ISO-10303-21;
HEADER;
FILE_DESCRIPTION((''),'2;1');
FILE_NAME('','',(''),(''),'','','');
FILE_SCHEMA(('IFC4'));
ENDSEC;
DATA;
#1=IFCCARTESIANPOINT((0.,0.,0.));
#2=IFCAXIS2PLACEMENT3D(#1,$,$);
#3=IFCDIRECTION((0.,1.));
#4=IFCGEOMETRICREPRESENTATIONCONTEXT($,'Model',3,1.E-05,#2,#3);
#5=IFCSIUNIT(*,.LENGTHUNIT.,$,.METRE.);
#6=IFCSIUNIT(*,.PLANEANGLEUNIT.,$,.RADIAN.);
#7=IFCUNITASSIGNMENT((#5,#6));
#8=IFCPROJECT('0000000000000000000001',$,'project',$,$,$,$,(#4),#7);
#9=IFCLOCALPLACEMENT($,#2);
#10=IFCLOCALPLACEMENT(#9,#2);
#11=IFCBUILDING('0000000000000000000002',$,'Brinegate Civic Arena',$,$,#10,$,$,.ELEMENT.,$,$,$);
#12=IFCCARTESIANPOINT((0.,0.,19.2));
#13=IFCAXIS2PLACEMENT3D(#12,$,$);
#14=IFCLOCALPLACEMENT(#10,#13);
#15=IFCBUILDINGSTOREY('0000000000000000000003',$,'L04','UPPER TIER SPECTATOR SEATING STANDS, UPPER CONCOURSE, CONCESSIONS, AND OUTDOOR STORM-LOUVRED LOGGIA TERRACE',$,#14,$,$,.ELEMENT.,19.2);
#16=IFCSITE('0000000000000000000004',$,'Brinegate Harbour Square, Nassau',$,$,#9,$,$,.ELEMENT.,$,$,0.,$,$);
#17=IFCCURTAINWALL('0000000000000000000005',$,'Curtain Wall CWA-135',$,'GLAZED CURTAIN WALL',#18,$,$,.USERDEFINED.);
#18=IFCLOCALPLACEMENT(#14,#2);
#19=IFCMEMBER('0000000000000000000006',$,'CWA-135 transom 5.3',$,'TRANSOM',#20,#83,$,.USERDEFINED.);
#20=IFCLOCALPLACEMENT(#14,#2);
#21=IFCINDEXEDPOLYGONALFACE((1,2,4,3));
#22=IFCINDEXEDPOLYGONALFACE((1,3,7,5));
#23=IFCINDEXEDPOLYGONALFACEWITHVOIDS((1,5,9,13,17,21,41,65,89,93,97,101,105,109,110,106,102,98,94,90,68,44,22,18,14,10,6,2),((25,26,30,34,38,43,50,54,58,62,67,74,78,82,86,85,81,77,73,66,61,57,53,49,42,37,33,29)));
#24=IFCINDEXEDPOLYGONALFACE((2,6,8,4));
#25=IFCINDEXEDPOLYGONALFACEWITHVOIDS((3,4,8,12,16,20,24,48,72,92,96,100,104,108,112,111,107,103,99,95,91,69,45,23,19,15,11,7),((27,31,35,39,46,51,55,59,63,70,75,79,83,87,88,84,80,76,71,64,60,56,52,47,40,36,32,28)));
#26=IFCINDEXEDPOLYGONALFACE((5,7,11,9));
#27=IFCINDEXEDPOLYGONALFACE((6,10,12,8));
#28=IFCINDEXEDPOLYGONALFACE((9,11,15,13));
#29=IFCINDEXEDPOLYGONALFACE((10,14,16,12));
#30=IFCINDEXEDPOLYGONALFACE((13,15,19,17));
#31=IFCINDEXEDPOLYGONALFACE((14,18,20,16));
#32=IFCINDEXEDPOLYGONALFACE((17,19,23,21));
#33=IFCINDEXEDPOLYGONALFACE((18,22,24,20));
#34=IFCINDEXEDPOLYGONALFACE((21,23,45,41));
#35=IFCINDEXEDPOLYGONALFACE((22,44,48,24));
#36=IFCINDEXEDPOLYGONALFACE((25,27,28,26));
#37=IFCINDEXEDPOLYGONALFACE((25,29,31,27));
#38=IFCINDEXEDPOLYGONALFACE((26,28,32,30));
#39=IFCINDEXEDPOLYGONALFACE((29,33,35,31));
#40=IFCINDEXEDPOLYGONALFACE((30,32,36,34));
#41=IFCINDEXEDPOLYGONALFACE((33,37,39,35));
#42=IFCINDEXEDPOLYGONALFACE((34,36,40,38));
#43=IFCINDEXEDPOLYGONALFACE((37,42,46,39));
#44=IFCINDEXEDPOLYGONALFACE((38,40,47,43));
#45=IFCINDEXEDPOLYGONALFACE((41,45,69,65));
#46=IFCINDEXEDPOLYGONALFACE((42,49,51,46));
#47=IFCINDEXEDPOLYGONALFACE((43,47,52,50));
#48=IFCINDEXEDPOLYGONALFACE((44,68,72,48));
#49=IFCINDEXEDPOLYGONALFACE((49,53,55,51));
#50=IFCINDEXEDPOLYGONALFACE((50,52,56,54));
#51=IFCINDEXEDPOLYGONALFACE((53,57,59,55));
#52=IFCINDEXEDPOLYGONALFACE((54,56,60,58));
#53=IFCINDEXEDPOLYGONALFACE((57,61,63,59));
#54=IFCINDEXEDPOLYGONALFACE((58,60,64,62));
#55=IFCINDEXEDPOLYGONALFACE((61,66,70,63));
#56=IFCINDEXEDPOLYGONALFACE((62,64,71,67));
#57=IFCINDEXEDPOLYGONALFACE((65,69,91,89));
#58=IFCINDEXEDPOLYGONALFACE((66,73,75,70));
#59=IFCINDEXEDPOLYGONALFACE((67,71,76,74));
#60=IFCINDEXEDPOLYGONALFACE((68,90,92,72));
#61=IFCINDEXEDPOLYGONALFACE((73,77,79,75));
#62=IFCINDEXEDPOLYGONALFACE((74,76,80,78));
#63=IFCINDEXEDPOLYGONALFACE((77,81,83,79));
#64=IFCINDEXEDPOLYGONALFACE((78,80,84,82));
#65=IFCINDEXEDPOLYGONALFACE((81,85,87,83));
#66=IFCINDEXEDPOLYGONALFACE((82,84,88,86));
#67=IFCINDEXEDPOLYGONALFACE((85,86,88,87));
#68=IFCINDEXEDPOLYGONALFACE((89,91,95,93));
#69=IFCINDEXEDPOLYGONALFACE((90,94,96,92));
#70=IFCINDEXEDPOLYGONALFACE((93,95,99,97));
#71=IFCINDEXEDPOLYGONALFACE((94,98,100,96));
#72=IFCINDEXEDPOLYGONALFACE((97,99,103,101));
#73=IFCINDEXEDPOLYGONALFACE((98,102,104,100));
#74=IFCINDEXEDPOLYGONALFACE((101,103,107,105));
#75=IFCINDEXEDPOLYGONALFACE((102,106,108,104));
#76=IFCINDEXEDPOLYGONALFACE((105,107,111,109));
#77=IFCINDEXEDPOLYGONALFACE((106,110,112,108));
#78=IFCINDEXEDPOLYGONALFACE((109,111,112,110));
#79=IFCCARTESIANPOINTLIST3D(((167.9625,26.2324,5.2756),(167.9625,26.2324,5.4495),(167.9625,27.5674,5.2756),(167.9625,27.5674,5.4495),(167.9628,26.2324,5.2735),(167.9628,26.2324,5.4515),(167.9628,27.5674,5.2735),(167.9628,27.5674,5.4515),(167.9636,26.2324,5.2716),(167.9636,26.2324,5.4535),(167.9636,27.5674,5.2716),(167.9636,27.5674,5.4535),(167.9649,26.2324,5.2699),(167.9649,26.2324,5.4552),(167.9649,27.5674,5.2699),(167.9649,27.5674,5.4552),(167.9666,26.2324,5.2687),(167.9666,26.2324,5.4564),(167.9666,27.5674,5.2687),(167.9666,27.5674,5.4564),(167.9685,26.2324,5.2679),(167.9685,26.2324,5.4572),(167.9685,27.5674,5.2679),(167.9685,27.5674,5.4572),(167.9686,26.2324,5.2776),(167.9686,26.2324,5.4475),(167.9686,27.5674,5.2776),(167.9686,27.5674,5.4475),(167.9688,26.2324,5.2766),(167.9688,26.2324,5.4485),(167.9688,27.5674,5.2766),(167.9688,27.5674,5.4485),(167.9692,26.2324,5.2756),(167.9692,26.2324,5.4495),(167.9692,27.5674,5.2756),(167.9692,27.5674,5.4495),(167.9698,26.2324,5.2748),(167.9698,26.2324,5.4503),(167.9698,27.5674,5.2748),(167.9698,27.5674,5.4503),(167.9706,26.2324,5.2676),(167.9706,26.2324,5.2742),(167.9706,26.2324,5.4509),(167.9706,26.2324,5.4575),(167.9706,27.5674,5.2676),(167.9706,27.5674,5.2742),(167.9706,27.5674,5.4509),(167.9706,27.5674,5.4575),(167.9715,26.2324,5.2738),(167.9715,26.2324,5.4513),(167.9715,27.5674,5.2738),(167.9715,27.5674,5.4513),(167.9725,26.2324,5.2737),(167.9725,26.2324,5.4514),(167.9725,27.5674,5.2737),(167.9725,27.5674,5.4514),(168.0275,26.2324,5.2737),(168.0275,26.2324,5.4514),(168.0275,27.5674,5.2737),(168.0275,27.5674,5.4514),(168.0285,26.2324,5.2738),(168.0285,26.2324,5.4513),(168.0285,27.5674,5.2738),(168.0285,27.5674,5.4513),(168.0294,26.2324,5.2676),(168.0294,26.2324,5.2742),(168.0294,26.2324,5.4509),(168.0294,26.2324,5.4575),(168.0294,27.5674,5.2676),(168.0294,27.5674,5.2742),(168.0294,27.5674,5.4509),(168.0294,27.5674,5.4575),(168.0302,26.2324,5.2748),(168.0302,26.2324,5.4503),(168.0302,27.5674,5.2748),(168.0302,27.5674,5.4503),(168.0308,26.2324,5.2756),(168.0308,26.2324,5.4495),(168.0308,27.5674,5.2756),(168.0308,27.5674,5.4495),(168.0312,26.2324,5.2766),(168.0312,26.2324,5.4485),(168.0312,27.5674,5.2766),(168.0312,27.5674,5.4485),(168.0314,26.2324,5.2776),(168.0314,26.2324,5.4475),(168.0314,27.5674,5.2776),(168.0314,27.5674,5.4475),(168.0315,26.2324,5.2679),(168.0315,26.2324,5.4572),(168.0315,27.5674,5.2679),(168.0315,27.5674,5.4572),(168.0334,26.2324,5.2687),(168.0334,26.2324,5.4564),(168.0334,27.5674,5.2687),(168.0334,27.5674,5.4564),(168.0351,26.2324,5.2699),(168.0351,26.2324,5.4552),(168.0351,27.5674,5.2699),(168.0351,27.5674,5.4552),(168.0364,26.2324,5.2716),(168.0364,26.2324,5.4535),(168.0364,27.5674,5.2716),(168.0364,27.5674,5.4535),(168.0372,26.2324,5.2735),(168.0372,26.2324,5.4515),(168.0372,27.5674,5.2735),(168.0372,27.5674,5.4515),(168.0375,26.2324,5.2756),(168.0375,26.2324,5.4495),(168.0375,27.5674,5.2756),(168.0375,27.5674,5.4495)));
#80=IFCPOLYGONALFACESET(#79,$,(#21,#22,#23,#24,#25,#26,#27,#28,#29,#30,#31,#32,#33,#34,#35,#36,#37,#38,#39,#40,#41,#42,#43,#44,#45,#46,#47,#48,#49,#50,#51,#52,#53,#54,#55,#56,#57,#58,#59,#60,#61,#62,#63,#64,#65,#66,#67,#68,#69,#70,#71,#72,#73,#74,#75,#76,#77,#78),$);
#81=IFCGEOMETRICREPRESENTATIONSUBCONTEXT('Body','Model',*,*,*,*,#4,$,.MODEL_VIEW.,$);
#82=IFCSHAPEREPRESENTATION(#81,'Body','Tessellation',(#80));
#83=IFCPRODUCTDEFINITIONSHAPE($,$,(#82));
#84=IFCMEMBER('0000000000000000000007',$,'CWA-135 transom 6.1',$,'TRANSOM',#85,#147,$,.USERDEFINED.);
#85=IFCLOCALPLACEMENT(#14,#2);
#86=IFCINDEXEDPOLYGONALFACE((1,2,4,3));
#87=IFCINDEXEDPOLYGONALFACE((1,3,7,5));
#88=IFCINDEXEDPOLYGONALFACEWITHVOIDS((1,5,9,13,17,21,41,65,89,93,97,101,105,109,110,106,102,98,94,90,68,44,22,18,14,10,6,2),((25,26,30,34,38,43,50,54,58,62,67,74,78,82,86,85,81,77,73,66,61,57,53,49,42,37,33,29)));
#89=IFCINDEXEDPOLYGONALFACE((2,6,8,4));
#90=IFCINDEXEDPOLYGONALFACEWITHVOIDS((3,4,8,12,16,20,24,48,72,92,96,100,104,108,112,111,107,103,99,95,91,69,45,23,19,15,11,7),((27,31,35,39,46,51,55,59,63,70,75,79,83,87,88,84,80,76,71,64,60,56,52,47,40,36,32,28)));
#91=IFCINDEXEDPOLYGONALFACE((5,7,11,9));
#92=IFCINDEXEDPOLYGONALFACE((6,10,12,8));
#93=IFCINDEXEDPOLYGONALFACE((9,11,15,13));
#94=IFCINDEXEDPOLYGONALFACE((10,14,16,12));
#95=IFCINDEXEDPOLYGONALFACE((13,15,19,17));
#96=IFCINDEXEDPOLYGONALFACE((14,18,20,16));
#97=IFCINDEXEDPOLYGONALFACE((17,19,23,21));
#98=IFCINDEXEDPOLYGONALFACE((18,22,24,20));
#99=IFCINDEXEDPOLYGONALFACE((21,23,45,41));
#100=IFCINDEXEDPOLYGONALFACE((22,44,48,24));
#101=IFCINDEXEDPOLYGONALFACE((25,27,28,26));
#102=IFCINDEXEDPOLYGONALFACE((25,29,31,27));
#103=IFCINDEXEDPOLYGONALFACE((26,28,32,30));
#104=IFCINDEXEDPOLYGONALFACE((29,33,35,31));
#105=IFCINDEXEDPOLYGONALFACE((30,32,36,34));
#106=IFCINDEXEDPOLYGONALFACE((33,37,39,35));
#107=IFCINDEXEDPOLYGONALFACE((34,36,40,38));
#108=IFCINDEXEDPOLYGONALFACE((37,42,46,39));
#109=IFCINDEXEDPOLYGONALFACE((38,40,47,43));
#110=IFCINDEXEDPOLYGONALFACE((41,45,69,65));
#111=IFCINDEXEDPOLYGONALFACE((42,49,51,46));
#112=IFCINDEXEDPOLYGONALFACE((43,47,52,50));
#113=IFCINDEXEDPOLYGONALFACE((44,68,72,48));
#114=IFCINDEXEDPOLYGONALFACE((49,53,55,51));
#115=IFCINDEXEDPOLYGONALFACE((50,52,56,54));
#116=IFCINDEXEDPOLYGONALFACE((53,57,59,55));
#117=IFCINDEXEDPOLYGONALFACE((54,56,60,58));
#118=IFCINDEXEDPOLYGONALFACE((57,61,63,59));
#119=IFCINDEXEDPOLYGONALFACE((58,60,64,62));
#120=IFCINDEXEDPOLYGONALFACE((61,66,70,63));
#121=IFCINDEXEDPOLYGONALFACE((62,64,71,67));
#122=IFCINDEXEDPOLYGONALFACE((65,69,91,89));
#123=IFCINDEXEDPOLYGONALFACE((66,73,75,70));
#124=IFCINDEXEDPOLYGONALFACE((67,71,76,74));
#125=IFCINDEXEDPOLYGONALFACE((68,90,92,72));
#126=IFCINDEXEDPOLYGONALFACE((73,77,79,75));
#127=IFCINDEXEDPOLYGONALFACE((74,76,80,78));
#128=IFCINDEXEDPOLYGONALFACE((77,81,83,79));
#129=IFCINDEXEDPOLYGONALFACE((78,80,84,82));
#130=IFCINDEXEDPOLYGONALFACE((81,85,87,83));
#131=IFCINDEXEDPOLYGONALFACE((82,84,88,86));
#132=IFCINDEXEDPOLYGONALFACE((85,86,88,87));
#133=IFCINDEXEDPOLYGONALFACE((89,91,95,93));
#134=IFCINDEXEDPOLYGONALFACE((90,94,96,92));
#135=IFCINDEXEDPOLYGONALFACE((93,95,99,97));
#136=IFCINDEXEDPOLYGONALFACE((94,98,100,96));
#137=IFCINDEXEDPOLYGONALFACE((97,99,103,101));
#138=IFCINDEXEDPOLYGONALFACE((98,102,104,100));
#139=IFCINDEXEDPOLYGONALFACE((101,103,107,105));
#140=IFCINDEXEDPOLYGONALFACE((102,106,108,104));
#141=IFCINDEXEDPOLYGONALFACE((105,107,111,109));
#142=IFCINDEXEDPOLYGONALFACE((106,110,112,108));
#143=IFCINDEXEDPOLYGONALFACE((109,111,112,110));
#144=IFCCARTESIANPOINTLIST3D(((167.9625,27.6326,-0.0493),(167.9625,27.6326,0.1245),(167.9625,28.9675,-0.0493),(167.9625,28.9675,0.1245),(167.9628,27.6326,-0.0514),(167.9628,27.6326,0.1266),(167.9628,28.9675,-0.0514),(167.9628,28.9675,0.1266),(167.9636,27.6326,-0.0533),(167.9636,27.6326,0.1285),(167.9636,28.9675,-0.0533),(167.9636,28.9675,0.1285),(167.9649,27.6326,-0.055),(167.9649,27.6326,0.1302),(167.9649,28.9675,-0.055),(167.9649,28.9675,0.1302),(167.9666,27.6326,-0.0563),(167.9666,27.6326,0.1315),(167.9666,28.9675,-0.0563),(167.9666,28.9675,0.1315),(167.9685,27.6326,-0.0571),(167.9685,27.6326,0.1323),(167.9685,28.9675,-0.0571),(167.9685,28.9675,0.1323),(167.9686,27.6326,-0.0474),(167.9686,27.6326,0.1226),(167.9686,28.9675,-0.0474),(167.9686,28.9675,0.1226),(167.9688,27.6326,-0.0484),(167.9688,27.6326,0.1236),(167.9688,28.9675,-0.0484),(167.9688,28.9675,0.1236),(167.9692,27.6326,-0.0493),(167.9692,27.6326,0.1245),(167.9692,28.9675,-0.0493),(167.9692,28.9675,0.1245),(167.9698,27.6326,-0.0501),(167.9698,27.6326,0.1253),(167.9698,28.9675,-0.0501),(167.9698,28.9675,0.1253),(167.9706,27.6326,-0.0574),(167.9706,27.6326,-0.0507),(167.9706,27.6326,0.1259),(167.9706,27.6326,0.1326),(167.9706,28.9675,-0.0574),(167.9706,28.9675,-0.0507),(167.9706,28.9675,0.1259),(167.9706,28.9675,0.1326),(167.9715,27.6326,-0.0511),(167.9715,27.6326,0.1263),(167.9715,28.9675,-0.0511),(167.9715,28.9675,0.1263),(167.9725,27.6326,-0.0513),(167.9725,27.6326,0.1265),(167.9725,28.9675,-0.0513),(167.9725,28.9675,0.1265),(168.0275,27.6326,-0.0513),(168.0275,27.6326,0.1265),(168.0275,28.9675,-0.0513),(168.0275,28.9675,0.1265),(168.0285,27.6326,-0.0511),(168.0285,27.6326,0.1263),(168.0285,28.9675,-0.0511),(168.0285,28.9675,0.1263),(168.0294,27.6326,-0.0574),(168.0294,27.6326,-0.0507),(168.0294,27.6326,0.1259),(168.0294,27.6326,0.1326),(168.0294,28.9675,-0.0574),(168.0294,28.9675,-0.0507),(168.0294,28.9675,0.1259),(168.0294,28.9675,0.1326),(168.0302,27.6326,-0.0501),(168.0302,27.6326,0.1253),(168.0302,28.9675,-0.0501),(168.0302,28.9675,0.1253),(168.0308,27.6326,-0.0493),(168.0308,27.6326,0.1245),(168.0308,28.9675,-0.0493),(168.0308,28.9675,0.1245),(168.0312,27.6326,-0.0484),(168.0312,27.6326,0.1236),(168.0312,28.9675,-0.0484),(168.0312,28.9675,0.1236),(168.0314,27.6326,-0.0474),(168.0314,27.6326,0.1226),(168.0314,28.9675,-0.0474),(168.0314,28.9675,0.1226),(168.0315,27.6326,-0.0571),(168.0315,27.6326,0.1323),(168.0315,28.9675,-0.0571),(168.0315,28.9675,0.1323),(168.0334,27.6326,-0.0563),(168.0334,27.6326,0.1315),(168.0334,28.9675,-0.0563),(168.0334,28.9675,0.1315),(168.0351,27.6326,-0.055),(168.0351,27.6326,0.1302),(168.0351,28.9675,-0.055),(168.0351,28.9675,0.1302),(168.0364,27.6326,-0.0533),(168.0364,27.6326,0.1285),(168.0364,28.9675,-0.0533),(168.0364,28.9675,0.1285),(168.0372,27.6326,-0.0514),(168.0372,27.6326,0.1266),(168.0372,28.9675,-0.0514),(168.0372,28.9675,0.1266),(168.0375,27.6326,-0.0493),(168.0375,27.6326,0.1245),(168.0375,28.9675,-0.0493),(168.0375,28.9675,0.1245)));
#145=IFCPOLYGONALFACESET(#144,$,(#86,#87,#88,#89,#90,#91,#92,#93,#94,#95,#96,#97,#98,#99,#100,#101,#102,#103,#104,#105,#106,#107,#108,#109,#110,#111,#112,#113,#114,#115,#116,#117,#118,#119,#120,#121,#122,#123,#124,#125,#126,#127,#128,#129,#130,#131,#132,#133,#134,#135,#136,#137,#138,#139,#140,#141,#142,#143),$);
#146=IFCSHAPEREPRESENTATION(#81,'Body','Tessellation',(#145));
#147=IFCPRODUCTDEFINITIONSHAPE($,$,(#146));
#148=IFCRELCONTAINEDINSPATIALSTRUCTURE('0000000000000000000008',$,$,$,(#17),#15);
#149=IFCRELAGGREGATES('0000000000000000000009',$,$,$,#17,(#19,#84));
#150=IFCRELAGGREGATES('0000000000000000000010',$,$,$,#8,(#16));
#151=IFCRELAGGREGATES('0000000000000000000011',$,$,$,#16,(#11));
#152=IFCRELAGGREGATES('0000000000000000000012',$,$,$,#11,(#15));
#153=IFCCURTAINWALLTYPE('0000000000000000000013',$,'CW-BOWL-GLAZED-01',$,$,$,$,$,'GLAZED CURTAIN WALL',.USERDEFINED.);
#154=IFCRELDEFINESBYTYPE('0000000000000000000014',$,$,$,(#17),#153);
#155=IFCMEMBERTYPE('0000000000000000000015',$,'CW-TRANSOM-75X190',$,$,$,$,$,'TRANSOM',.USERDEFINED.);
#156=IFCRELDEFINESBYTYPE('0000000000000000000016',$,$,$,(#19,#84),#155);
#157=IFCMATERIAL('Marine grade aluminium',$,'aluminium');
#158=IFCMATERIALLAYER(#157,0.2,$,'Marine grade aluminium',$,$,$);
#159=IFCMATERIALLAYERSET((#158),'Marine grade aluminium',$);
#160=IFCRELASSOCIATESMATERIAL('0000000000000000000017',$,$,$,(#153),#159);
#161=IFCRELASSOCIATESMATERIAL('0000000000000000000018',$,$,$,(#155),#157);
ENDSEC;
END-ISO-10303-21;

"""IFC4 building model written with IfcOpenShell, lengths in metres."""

from ifc_helpers import new_model, si_unit, direction, frame, origin, origin_2d, place, context, subcontext, project, spatial, hollow_rectangle, extrude, material, layer, layer_set, material_profile, profile_set, type_object, element, aggregate, save


model = new_model("IFC4")

# Units and contexts
model_context = context("Model", 3, precision=1e-05, world=origin(), true_north=direction((0.0, 1.0)))
body_context = subcontext(model_context, "Body", "Model", "MODEL_VIEW")
ifc_project = project(units=[si_unit("LENGTHUNIT", "METRE"), si_unit("PLANEANGLEUNIT", "RADIAN")], contexts=[model_context])

# Site, building, storey
site_placement = place(None, origin())
site = spatial("IfcSite", under=ifc_project, at=site_placement, Name="Brinegate Harbour Square, Nassau", CompositionType="ELEMENT", RefElevation=0.0)
building_placement = place(site_placement, origin())
building = spatial("IfcBuilding", under=site, at=building_placement, Name="Brinegate Civic Arena", CompositionType="ELEMENT")
storey_placement = place(building_placement, frame((0.0, 0.0, 19.2)))
storey = spatial("IfcBuildingStorey", under=building, at=storey_placement, Name="L04", Description="UPPER TIER SPECTATOR SEATING STANDS, UPPER CONCOURSE, CONCESSIONS, AND OUTDOOR STORM-LOUVRED LOGGIA TERRACE", CompositionType="ELEMENT", Elevation=19.2)

# Curtain wall, members
ifc_material_1 = material(Name="Marine grade aluminium", Category="aluminium")
ifc_layer_1 = layer(ifc_material_1, 0.2, Name="Marine grade aluminium")
ifc_layer_set_1 = layer_set([ifc_layer_1], Name="Marine grade aluminium")
curtain_wall_type = type_object("IfcCurtainWallType", Name="CW-BOWL-GLAZED-01", ElementType="GLAZED CURTAIN WALL", PredefinedType="USERDEFINED", material=ifc_layer_set_1)
curtain_wall_placement = place(storey_placement, origin())
curtain_wall = element("IfcCurtainWall", 1, at=curtain_wall_placement, inside=storey, type_object=curtain_wall_type, Name="Curtain Wall CWA-135", ObjectType="GLAZED CURTAIN WALL", PredefinedType="USERDEFINED")
ifc_material_profile_1 = material_profile(ifc_material_1, hollow_rectangle(XDim=0.075, YDim=0.1899, WallThickness=0.0061, InnerFilletRadius=0.0039, OuterFilletRadius=0.0081, at=origin_2d()), Name="TRN75X190")
ifc_profile_set_1 = profile_set([ifc_material_profile_1], Name="Marine grade aluminium")
member_type_1 = type_object("IfcMemberType", Name="CW-TRANSOM-75X190", ElementType="TRANSOM", PredefinedType="USERDEFINED", material=ifc_profile_set_1)
member_1_placement = place(storey_placement, frame((168.0, 26.2324, 5.3625), z_axis=(0.0, 1.0, 0.0), x_axis=(-1.0, 0.0, 0.0)))
member_1 = element("IfcMember", 2, at=member_1_placement, type_object=member_type_1, Name="CWA-135 transom 5.3", ObjectType="TRANSOM", PredefinedType="USERDEFINED", context=body_context, shape_type="SweptSolid", body=[
    extrude(hollow_rectangle(XDim=0.075, YDim=0.1899, WallThickness=0.0061, InnerFilletRadius=0.0039, OuterFilletRadius=0.0081, at=origin_2d()), origin(), (0.0, 0.0, 1.0), 1.335),
])
member_2_placement = place(storey_placement, frame((168.0, 27.6326, 0.0376), z_axis=(0.0, 1.0, 0.0), x_axis=(-1.0, 0.0, 0.0)))
member_2 = element("IfcMember", 3, at=member_2_placement, type_object=member_type_1, Name="CWA-135 transom 6.1", ObjectType="TRANSOM", PredefinedType="USERDEFINED", context=body_context, shape_type="SweptSolid", body=[
    extrude(hollow_rectangle(XDim=0.075, YDim=0.1899, WallThickness=0.0061, InnerFilletRadius=0.0039, OuterFilletRadius=0.0081, at=origin_2d()), origin(), (0.0, 0.0, 1.0), 1.335),
])

aggregate(curtain_wall, [member_1, member_2])

save(model, "model.ifc")
